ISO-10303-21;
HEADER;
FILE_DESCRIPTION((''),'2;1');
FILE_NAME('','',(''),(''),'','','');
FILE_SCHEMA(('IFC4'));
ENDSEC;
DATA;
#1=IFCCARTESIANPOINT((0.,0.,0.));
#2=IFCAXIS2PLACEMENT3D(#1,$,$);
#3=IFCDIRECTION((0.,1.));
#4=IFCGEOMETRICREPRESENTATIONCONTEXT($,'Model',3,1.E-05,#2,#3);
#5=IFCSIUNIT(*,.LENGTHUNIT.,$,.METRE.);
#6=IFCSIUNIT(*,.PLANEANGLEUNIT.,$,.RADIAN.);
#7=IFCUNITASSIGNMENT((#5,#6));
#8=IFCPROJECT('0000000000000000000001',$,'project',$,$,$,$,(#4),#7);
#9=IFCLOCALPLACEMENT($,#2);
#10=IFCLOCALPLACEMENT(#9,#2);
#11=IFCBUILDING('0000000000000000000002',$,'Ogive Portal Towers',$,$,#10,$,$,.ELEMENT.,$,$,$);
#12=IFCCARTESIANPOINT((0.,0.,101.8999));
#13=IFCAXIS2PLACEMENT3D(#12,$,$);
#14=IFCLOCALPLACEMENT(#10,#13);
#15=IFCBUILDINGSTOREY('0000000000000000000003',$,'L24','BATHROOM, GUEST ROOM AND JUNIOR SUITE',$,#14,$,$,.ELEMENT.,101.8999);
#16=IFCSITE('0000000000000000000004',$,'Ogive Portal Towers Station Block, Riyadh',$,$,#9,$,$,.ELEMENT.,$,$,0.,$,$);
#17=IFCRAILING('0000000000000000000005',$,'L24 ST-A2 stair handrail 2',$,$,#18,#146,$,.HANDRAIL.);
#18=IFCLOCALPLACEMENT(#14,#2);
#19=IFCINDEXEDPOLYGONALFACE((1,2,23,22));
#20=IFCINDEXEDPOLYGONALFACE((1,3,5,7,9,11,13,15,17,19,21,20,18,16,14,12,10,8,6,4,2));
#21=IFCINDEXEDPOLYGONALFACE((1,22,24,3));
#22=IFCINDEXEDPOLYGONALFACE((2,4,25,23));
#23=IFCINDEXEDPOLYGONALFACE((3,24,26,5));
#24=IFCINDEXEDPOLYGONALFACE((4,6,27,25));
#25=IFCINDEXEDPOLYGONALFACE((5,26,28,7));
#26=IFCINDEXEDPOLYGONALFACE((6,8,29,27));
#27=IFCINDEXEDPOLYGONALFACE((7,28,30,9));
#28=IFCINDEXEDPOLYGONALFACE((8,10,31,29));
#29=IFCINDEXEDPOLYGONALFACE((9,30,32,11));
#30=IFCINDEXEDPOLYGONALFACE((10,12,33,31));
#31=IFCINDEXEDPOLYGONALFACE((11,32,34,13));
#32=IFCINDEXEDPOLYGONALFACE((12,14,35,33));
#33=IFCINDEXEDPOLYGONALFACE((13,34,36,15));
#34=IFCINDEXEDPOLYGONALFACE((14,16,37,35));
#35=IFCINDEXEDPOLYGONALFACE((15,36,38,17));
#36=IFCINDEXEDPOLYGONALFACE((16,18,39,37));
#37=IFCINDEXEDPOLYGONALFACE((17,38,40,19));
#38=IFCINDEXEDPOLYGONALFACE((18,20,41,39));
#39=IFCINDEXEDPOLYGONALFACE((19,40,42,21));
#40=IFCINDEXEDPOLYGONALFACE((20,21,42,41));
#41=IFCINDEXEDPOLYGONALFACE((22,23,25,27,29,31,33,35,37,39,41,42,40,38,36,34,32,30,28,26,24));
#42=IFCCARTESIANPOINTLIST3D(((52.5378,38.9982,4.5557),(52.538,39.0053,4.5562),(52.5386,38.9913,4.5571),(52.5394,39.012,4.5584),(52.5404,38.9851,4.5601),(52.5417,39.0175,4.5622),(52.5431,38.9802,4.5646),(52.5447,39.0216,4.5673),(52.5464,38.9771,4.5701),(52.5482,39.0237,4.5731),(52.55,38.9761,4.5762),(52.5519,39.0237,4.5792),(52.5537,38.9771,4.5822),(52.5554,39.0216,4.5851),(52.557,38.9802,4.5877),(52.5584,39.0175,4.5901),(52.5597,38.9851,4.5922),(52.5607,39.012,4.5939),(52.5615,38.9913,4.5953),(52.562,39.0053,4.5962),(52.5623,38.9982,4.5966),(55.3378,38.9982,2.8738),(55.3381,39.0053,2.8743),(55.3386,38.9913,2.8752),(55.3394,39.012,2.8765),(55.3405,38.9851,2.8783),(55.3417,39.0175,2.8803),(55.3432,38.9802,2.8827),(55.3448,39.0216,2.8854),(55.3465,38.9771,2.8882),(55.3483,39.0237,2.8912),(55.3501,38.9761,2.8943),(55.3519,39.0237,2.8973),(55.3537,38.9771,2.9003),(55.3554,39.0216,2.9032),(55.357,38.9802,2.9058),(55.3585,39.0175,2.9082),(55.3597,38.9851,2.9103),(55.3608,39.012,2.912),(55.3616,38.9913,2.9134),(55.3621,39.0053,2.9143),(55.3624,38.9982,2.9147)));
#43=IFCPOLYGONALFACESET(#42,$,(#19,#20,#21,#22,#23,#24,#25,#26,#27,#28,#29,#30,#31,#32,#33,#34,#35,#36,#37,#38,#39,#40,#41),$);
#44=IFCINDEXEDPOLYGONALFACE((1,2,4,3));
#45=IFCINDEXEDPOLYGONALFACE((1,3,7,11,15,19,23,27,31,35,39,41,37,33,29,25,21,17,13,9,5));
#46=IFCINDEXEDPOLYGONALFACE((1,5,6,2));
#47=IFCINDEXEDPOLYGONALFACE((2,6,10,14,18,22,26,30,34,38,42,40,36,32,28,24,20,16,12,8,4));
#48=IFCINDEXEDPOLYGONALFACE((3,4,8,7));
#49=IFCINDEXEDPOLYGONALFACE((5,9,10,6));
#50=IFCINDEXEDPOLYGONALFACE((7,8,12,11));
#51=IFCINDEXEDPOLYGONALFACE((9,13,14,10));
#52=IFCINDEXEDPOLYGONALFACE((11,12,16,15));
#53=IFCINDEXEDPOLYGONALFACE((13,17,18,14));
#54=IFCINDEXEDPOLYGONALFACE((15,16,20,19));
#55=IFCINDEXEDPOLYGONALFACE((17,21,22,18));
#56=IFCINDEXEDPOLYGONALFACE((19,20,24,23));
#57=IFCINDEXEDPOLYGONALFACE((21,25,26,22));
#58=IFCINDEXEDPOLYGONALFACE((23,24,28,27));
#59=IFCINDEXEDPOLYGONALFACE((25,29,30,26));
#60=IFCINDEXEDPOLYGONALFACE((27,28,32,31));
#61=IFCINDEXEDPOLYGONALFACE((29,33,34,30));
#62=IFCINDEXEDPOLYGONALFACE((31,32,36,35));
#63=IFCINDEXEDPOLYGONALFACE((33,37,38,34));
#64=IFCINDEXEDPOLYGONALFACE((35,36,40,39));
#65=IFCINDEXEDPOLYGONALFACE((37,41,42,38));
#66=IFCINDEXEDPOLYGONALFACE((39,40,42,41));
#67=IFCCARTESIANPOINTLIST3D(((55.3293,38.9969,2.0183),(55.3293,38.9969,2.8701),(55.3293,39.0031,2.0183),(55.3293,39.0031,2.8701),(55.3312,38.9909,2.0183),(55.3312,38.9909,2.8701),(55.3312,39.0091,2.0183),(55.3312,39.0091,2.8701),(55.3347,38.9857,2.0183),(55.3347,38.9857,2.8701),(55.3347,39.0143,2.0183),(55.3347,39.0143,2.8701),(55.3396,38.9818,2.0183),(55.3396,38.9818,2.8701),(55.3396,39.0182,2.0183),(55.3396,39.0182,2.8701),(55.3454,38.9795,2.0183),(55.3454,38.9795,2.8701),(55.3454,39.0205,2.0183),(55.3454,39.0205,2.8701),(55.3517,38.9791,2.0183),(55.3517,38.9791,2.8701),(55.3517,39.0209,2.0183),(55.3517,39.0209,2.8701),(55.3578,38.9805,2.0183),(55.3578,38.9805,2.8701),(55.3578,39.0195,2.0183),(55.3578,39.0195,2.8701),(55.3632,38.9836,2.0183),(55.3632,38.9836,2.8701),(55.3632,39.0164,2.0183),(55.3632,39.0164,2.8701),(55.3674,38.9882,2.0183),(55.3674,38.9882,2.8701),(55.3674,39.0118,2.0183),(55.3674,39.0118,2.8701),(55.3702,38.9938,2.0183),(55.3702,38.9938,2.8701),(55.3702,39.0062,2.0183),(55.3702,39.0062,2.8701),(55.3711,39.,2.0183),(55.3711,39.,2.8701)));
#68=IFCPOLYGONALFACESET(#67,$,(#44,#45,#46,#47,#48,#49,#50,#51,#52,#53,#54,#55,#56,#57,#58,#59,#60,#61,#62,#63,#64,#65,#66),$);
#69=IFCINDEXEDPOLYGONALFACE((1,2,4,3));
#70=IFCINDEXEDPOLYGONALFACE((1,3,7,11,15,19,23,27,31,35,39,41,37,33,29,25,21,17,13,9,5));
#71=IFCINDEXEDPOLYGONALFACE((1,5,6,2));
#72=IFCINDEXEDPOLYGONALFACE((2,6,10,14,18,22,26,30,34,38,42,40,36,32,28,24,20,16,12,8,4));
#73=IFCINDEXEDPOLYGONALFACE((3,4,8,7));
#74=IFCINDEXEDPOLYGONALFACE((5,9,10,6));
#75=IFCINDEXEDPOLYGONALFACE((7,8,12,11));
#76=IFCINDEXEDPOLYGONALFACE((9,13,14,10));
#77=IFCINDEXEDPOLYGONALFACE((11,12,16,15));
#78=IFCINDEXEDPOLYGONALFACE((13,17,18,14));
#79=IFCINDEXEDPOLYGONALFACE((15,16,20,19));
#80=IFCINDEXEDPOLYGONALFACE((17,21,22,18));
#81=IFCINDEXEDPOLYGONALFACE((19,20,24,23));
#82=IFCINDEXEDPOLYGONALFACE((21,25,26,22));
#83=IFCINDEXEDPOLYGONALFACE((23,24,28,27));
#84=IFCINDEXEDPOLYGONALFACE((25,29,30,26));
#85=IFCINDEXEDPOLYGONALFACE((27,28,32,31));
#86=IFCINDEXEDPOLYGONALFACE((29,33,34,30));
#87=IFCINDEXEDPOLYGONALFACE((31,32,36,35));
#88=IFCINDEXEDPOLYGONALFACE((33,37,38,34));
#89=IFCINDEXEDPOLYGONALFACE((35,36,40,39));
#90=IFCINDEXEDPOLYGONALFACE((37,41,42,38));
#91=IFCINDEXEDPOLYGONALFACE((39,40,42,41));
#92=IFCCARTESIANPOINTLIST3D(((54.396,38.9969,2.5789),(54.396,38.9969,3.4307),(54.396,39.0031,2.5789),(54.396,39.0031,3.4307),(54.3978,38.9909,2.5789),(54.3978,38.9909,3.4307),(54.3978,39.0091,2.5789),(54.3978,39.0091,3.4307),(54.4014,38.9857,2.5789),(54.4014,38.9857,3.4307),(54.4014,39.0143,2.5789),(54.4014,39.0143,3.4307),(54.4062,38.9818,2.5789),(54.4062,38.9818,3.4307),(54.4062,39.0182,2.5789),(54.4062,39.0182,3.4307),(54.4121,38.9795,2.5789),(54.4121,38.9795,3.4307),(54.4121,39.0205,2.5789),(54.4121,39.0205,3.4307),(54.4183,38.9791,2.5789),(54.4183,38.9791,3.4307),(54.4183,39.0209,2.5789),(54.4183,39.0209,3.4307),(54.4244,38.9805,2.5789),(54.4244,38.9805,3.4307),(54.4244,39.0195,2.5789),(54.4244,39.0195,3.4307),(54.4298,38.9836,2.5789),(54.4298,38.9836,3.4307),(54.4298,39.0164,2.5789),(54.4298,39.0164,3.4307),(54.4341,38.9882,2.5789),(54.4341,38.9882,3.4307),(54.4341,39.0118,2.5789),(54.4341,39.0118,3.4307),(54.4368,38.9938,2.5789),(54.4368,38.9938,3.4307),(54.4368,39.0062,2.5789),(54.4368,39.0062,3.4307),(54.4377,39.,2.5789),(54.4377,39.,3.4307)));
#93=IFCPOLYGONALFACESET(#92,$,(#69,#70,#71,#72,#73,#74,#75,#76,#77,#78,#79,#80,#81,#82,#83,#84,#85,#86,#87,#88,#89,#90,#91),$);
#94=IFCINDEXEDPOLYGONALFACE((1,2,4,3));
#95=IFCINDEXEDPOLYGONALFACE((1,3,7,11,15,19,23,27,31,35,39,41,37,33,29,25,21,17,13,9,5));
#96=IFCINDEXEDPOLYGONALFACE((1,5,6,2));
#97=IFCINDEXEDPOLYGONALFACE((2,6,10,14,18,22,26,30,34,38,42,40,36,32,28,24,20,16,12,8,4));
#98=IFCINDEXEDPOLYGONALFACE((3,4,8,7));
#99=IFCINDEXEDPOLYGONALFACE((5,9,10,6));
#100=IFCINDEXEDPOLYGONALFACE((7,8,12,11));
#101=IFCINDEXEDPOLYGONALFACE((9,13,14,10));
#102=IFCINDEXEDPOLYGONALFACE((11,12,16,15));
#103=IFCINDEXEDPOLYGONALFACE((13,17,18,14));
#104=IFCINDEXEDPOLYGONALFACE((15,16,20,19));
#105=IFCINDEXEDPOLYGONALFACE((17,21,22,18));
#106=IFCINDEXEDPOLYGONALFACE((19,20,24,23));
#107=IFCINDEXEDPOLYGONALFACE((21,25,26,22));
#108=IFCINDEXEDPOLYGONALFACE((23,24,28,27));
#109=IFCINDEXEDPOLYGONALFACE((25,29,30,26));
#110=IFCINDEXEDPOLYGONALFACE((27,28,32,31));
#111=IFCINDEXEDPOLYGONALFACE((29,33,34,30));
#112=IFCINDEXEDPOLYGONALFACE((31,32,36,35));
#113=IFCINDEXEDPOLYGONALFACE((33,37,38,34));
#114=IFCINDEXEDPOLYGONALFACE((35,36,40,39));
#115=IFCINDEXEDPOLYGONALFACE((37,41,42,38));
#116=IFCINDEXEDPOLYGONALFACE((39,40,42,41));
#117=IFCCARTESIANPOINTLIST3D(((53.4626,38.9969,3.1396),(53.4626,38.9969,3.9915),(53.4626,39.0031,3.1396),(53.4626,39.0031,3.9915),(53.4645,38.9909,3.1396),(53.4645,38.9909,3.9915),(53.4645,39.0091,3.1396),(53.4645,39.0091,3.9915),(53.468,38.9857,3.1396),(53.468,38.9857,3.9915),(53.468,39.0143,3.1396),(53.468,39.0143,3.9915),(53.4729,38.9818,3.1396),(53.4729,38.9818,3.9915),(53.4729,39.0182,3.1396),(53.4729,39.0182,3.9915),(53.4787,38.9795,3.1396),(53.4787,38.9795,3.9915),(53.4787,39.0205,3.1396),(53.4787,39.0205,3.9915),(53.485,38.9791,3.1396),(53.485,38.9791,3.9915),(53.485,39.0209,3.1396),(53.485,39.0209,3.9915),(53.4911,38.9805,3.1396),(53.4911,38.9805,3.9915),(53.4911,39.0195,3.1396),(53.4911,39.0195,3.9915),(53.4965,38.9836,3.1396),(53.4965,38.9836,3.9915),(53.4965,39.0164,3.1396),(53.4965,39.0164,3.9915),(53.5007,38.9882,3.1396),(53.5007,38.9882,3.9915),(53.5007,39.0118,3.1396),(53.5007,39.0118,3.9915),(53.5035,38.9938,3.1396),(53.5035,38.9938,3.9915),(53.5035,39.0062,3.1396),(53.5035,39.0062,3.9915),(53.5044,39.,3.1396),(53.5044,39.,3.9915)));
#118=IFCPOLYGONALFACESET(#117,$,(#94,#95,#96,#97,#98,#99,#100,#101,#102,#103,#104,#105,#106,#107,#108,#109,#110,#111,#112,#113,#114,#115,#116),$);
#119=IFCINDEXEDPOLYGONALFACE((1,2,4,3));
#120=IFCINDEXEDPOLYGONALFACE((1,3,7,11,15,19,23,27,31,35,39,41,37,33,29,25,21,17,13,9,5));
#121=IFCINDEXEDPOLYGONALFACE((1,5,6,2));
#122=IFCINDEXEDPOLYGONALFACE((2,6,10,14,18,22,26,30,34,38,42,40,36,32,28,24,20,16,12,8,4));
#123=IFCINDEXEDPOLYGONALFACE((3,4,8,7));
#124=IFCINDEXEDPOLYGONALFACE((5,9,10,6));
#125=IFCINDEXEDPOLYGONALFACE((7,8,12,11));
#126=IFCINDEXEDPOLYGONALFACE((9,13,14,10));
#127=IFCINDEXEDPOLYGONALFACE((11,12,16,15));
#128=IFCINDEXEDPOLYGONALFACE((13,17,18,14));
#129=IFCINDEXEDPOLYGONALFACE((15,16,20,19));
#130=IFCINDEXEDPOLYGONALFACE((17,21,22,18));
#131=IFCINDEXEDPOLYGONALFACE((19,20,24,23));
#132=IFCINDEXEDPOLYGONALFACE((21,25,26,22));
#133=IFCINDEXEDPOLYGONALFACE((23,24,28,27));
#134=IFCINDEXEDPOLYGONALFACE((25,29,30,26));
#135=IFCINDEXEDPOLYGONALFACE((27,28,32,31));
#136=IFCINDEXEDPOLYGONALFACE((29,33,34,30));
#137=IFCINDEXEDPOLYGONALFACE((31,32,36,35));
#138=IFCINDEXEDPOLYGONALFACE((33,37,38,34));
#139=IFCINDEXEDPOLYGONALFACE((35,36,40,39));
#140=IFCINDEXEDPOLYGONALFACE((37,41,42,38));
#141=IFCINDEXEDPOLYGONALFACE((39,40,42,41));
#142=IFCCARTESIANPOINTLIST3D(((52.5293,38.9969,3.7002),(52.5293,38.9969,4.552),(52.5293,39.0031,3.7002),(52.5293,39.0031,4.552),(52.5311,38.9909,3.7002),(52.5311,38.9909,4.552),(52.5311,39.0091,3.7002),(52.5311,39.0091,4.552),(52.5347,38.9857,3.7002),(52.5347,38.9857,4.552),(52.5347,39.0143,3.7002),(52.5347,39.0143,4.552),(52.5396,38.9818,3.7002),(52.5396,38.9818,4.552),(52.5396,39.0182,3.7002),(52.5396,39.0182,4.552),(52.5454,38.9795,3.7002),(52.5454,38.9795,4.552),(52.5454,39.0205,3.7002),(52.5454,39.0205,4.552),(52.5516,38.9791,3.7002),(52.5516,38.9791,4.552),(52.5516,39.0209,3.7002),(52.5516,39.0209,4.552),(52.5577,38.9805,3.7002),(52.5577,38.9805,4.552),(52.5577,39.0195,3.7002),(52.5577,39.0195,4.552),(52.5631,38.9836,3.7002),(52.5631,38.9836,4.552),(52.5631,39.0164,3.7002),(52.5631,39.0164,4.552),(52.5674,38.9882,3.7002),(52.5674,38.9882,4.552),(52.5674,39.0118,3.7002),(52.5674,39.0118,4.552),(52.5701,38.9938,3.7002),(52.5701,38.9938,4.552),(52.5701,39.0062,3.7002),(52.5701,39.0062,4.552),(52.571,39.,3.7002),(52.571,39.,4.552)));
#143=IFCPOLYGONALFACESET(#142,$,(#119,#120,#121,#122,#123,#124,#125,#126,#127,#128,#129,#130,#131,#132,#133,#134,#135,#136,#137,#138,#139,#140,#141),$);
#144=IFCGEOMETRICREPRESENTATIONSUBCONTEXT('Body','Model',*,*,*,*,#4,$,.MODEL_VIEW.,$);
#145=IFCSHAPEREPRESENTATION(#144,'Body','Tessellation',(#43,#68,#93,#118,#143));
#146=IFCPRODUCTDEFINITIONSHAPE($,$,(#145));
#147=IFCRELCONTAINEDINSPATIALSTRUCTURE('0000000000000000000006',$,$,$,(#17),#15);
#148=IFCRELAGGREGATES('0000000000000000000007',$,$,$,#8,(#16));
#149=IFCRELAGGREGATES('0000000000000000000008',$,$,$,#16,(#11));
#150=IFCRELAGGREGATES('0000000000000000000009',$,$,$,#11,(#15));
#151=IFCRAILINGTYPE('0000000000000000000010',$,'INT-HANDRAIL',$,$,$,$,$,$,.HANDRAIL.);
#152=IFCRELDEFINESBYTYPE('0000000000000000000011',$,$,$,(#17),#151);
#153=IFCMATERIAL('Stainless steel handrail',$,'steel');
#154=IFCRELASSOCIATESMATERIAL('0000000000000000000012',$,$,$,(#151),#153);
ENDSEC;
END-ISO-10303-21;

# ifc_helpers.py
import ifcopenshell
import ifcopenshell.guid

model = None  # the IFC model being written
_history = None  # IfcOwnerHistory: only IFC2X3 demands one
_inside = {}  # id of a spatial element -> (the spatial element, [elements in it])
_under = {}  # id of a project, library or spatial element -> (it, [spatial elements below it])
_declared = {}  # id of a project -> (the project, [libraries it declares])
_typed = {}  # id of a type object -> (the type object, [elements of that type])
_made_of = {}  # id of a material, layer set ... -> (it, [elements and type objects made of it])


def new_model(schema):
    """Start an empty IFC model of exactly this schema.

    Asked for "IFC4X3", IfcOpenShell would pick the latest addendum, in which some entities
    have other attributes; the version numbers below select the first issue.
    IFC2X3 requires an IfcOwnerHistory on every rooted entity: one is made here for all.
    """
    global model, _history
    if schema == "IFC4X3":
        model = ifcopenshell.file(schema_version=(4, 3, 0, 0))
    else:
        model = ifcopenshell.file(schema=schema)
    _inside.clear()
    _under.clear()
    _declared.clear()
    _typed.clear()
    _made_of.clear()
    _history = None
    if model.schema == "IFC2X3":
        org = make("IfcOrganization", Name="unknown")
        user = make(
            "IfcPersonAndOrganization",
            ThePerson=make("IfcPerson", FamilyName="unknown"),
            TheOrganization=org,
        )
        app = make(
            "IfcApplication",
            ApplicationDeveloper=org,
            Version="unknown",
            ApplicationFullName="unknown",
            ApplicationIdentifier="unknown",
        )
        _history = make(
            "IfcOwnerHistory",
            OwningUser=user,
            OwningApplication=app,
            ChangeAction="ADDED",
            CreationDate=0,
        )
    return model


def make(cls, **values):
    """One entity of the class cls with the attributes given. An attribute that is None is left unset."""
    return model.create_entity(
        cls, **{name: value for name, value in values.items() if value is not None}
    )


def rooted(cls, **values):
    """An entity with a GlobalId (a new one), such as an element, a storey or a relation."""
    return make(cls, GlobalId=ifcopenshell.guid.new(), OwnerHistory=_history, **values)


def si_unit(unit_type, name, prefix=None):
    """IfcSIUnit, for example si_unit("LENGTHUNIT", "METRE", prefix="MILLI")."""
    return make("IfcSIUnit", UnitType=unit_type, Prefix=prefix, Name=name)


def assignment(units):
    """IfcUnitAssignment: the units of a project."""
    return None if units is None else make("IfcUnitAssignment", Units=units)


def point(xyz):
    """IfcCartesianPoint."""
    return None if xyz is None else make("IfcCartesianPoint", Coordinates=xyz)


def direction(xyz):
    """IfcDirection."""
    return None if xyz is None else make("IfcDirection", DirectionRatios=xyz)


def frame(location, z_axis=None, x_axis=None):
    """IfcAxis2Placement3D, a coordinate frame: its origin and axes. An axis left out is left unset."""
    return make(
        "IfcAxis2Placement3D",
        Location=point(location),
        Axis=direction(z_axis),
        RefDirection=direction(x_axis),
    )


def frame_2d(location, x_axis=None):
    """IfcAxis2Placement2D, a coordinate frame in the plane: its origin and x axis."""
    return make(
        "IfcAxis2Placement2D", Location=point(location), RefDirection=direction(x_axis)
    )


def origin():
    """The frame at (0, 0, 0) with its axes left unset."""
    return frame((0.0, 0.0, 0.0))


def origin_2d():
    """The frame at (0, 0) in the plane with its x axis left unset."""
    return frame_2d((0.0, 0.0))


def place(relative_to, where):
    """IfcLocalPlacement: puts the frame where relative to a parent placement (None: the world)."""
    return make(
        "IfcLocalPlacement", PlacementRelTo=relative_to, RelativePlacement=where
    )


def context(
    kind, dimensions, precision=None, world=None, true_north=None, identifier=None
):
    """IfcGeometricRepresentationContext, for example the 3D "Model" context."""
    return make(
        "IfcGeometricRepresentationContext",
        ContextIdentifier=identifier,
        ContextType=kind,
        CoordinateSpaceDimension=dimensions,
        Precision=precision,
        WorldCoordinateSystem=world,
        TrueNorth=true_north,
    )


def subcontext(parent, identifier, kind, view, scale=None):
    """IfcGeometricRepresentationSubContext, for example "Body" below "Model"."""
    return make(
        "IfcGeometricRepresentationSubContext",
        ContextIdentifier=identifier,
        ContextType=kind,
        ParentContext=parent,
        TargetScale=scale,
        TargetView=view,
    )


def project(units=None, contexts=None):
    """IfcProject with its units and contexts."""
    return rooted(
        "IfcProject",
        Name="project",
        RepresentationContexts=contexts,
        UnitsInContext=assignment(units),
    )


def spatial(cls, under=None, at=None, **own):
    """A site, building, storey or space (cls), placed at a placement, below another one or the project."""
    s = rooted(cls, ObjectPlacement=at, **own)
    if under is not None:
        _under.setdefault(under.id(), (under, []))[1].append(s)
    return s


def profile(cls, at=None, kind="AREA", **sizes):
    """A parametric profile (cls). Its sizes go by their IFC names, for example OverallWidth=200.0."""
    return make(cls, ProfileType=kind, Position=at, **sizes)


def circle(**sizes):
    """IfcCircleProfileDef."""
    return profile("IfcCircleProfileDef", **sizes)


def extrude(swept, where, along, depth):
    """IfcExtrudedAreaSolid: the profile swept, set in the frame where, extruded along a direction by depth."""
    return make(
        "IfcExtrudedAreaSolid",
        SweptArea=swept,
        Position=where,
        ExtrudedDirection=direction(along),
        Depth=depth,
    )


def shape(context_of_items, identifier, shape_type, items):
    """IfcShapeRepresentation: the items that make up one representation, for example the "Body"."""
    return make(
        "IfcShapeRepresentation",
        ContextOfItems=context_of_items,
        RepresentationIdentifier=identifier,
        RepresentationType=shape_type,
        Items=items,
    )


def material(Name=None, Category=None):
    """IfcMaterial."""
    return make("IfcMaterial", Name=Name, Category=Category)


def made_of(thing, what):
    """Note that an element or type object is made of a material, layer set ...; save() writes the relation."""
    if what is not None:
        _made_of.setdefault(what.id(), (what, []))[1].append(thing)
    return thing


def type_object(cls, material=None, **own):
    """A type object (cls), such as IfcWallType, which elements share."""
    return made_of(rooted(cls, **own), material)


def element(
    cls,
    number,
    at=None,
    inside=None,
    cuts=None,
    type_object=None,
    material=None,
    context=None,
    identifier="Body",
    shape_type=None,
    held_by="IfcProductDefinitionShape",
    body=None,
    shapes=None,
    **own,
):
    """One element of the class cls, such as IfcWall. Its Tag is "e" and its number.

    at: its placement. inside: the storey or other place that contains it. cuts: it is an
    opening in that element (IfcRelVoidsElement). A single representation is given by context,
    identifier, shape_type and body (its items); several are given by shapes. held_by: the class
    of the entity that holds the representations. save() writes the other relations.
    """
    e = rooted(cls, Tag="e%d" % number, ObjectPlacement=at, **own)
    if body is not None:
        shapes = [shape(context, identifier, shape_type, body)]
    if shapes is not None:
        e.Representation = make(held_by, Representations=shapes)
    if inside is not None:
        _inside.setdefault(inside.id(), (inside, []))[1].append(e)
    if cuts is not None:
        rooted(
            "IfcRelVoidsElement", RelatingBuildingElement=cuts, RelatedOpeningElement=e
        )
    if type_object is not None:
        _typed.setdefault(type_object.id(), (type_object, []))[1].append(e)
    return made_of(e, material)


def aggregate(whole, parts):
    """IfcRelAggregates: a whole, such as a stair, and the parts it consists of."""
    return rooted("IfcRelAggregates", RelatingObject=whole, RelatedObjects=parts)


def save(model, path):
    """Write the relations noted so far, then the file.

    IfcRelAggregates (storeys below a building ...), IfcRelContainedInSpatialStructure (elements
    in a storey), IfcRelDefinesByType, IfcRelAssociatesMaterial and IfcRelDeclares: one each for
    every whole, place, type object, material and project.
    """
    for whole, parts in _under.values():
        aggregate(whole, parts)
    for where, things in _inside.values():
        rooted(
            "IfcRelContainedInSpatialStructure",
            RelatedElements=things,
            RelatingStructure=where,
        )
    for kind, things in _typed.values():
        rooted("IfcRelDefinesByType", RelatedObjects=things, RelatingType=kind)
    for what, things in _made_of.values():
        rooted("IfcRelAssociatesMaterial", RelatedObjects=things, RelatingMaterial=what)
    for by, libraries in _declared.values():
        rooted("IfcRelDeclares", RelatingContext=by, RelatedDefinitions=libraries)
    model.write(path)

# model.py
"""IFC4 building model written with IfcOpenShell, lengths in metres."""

from ifc_helpers import new_model, si_unit, direction, frame, origin, origin_2d, place, context, subcontext, project, spatial, circle, extrude, material, type_object, element, save


model = new_model("IFC4")

# Units and contexts
model_context = context("Model", 3, precision=1e-05, world=origin(), true_north=direction((0.0, 1.0)))
body_context = subcontext(model_context, "Body", "Model", "MODEL_VIEW")
ifc_project = project(units=[si_unit("LENGTHUNIT", "METRE"), si_unit("PLANEANGLEUNIT", "RADIAN")], contexts=[model_context])

# Site, building, storey
site_placement = place(None, origin())
site = spatial("IfcSite", under=ifc_project, at=site_placement, Name="Ogive Portal Towers Station Block, Riyadh", CompositionType="ELEMENT", RefElevation=0.0)
building_placement = place(site_placement, origin())
building = spatial("IfcBuilding", under=site, at=building_placement, Name="Ogive Portal Towers", CompositionType="ELEMENT")
storey_placement = place(building_placement, frame((0.0, 0.0, 101.8999)))
storey = spatial("IfcBuildingStorey", under=building, at=storey_placement, Name="L24", Description="BATHROOM, GUEST ROOM AND JUNIOR SUITE", CompositionType="ELEMENT", Elevation=101.8999)

# Railing
ifc_material_1 = material(Name="Stainless steel handrail", Category="steel")
railing_type_1 = type_object("IfcRailingType", Name="INT-HANDRAIL", PredefinedType="HANDRAIL", material=ifc_material_1)
railing_1_placement = place(storey_placement, frame((55.3501, 39.0, 2.0183)))
element("IfcRailing", 1, at=railing_1_placement, inside=storey, type_object=railing_type_1, Name="L24 ST-A2 stair handrail 2", PredefinedType="HANDRAIL", context=body_context, shape_type="SweptSolid", body=[
    extrude(circle(Radius=0.0239, at=origin_2d()), frame((0.0, 0.0, 0.876), z_axis=(-0.857242, 0.0, 0.514913), x_axis=(0.0, -1.0, 0.0)), (0.0, 0.0, 1.0), 3.2664),
    extrude(circle(Radius=0.021, at=origin_2d()), origin(), (0.0, 0.0, 1.0), 0.8518),
    extrude(circle(Radius=0.021, at=origin_2d()), frame((-0.9333, 0.0, 0.5605)), (0.0, 0.0, 1.0), 0.8518),
    extrude(circle(Radius=0.021, at=origin_2d()), frame((-1.8667, 0.0, 1.1213)), (0.0, 0.0, 1.0), 0.8518),
    extrude(circle(Radius=0.021, at=origin_2d()), frame((-2.8, 0.0, 1.6819)), (0.0, 0.0, 1.0), 0.8518),
])

save(model, "model.ifc")
